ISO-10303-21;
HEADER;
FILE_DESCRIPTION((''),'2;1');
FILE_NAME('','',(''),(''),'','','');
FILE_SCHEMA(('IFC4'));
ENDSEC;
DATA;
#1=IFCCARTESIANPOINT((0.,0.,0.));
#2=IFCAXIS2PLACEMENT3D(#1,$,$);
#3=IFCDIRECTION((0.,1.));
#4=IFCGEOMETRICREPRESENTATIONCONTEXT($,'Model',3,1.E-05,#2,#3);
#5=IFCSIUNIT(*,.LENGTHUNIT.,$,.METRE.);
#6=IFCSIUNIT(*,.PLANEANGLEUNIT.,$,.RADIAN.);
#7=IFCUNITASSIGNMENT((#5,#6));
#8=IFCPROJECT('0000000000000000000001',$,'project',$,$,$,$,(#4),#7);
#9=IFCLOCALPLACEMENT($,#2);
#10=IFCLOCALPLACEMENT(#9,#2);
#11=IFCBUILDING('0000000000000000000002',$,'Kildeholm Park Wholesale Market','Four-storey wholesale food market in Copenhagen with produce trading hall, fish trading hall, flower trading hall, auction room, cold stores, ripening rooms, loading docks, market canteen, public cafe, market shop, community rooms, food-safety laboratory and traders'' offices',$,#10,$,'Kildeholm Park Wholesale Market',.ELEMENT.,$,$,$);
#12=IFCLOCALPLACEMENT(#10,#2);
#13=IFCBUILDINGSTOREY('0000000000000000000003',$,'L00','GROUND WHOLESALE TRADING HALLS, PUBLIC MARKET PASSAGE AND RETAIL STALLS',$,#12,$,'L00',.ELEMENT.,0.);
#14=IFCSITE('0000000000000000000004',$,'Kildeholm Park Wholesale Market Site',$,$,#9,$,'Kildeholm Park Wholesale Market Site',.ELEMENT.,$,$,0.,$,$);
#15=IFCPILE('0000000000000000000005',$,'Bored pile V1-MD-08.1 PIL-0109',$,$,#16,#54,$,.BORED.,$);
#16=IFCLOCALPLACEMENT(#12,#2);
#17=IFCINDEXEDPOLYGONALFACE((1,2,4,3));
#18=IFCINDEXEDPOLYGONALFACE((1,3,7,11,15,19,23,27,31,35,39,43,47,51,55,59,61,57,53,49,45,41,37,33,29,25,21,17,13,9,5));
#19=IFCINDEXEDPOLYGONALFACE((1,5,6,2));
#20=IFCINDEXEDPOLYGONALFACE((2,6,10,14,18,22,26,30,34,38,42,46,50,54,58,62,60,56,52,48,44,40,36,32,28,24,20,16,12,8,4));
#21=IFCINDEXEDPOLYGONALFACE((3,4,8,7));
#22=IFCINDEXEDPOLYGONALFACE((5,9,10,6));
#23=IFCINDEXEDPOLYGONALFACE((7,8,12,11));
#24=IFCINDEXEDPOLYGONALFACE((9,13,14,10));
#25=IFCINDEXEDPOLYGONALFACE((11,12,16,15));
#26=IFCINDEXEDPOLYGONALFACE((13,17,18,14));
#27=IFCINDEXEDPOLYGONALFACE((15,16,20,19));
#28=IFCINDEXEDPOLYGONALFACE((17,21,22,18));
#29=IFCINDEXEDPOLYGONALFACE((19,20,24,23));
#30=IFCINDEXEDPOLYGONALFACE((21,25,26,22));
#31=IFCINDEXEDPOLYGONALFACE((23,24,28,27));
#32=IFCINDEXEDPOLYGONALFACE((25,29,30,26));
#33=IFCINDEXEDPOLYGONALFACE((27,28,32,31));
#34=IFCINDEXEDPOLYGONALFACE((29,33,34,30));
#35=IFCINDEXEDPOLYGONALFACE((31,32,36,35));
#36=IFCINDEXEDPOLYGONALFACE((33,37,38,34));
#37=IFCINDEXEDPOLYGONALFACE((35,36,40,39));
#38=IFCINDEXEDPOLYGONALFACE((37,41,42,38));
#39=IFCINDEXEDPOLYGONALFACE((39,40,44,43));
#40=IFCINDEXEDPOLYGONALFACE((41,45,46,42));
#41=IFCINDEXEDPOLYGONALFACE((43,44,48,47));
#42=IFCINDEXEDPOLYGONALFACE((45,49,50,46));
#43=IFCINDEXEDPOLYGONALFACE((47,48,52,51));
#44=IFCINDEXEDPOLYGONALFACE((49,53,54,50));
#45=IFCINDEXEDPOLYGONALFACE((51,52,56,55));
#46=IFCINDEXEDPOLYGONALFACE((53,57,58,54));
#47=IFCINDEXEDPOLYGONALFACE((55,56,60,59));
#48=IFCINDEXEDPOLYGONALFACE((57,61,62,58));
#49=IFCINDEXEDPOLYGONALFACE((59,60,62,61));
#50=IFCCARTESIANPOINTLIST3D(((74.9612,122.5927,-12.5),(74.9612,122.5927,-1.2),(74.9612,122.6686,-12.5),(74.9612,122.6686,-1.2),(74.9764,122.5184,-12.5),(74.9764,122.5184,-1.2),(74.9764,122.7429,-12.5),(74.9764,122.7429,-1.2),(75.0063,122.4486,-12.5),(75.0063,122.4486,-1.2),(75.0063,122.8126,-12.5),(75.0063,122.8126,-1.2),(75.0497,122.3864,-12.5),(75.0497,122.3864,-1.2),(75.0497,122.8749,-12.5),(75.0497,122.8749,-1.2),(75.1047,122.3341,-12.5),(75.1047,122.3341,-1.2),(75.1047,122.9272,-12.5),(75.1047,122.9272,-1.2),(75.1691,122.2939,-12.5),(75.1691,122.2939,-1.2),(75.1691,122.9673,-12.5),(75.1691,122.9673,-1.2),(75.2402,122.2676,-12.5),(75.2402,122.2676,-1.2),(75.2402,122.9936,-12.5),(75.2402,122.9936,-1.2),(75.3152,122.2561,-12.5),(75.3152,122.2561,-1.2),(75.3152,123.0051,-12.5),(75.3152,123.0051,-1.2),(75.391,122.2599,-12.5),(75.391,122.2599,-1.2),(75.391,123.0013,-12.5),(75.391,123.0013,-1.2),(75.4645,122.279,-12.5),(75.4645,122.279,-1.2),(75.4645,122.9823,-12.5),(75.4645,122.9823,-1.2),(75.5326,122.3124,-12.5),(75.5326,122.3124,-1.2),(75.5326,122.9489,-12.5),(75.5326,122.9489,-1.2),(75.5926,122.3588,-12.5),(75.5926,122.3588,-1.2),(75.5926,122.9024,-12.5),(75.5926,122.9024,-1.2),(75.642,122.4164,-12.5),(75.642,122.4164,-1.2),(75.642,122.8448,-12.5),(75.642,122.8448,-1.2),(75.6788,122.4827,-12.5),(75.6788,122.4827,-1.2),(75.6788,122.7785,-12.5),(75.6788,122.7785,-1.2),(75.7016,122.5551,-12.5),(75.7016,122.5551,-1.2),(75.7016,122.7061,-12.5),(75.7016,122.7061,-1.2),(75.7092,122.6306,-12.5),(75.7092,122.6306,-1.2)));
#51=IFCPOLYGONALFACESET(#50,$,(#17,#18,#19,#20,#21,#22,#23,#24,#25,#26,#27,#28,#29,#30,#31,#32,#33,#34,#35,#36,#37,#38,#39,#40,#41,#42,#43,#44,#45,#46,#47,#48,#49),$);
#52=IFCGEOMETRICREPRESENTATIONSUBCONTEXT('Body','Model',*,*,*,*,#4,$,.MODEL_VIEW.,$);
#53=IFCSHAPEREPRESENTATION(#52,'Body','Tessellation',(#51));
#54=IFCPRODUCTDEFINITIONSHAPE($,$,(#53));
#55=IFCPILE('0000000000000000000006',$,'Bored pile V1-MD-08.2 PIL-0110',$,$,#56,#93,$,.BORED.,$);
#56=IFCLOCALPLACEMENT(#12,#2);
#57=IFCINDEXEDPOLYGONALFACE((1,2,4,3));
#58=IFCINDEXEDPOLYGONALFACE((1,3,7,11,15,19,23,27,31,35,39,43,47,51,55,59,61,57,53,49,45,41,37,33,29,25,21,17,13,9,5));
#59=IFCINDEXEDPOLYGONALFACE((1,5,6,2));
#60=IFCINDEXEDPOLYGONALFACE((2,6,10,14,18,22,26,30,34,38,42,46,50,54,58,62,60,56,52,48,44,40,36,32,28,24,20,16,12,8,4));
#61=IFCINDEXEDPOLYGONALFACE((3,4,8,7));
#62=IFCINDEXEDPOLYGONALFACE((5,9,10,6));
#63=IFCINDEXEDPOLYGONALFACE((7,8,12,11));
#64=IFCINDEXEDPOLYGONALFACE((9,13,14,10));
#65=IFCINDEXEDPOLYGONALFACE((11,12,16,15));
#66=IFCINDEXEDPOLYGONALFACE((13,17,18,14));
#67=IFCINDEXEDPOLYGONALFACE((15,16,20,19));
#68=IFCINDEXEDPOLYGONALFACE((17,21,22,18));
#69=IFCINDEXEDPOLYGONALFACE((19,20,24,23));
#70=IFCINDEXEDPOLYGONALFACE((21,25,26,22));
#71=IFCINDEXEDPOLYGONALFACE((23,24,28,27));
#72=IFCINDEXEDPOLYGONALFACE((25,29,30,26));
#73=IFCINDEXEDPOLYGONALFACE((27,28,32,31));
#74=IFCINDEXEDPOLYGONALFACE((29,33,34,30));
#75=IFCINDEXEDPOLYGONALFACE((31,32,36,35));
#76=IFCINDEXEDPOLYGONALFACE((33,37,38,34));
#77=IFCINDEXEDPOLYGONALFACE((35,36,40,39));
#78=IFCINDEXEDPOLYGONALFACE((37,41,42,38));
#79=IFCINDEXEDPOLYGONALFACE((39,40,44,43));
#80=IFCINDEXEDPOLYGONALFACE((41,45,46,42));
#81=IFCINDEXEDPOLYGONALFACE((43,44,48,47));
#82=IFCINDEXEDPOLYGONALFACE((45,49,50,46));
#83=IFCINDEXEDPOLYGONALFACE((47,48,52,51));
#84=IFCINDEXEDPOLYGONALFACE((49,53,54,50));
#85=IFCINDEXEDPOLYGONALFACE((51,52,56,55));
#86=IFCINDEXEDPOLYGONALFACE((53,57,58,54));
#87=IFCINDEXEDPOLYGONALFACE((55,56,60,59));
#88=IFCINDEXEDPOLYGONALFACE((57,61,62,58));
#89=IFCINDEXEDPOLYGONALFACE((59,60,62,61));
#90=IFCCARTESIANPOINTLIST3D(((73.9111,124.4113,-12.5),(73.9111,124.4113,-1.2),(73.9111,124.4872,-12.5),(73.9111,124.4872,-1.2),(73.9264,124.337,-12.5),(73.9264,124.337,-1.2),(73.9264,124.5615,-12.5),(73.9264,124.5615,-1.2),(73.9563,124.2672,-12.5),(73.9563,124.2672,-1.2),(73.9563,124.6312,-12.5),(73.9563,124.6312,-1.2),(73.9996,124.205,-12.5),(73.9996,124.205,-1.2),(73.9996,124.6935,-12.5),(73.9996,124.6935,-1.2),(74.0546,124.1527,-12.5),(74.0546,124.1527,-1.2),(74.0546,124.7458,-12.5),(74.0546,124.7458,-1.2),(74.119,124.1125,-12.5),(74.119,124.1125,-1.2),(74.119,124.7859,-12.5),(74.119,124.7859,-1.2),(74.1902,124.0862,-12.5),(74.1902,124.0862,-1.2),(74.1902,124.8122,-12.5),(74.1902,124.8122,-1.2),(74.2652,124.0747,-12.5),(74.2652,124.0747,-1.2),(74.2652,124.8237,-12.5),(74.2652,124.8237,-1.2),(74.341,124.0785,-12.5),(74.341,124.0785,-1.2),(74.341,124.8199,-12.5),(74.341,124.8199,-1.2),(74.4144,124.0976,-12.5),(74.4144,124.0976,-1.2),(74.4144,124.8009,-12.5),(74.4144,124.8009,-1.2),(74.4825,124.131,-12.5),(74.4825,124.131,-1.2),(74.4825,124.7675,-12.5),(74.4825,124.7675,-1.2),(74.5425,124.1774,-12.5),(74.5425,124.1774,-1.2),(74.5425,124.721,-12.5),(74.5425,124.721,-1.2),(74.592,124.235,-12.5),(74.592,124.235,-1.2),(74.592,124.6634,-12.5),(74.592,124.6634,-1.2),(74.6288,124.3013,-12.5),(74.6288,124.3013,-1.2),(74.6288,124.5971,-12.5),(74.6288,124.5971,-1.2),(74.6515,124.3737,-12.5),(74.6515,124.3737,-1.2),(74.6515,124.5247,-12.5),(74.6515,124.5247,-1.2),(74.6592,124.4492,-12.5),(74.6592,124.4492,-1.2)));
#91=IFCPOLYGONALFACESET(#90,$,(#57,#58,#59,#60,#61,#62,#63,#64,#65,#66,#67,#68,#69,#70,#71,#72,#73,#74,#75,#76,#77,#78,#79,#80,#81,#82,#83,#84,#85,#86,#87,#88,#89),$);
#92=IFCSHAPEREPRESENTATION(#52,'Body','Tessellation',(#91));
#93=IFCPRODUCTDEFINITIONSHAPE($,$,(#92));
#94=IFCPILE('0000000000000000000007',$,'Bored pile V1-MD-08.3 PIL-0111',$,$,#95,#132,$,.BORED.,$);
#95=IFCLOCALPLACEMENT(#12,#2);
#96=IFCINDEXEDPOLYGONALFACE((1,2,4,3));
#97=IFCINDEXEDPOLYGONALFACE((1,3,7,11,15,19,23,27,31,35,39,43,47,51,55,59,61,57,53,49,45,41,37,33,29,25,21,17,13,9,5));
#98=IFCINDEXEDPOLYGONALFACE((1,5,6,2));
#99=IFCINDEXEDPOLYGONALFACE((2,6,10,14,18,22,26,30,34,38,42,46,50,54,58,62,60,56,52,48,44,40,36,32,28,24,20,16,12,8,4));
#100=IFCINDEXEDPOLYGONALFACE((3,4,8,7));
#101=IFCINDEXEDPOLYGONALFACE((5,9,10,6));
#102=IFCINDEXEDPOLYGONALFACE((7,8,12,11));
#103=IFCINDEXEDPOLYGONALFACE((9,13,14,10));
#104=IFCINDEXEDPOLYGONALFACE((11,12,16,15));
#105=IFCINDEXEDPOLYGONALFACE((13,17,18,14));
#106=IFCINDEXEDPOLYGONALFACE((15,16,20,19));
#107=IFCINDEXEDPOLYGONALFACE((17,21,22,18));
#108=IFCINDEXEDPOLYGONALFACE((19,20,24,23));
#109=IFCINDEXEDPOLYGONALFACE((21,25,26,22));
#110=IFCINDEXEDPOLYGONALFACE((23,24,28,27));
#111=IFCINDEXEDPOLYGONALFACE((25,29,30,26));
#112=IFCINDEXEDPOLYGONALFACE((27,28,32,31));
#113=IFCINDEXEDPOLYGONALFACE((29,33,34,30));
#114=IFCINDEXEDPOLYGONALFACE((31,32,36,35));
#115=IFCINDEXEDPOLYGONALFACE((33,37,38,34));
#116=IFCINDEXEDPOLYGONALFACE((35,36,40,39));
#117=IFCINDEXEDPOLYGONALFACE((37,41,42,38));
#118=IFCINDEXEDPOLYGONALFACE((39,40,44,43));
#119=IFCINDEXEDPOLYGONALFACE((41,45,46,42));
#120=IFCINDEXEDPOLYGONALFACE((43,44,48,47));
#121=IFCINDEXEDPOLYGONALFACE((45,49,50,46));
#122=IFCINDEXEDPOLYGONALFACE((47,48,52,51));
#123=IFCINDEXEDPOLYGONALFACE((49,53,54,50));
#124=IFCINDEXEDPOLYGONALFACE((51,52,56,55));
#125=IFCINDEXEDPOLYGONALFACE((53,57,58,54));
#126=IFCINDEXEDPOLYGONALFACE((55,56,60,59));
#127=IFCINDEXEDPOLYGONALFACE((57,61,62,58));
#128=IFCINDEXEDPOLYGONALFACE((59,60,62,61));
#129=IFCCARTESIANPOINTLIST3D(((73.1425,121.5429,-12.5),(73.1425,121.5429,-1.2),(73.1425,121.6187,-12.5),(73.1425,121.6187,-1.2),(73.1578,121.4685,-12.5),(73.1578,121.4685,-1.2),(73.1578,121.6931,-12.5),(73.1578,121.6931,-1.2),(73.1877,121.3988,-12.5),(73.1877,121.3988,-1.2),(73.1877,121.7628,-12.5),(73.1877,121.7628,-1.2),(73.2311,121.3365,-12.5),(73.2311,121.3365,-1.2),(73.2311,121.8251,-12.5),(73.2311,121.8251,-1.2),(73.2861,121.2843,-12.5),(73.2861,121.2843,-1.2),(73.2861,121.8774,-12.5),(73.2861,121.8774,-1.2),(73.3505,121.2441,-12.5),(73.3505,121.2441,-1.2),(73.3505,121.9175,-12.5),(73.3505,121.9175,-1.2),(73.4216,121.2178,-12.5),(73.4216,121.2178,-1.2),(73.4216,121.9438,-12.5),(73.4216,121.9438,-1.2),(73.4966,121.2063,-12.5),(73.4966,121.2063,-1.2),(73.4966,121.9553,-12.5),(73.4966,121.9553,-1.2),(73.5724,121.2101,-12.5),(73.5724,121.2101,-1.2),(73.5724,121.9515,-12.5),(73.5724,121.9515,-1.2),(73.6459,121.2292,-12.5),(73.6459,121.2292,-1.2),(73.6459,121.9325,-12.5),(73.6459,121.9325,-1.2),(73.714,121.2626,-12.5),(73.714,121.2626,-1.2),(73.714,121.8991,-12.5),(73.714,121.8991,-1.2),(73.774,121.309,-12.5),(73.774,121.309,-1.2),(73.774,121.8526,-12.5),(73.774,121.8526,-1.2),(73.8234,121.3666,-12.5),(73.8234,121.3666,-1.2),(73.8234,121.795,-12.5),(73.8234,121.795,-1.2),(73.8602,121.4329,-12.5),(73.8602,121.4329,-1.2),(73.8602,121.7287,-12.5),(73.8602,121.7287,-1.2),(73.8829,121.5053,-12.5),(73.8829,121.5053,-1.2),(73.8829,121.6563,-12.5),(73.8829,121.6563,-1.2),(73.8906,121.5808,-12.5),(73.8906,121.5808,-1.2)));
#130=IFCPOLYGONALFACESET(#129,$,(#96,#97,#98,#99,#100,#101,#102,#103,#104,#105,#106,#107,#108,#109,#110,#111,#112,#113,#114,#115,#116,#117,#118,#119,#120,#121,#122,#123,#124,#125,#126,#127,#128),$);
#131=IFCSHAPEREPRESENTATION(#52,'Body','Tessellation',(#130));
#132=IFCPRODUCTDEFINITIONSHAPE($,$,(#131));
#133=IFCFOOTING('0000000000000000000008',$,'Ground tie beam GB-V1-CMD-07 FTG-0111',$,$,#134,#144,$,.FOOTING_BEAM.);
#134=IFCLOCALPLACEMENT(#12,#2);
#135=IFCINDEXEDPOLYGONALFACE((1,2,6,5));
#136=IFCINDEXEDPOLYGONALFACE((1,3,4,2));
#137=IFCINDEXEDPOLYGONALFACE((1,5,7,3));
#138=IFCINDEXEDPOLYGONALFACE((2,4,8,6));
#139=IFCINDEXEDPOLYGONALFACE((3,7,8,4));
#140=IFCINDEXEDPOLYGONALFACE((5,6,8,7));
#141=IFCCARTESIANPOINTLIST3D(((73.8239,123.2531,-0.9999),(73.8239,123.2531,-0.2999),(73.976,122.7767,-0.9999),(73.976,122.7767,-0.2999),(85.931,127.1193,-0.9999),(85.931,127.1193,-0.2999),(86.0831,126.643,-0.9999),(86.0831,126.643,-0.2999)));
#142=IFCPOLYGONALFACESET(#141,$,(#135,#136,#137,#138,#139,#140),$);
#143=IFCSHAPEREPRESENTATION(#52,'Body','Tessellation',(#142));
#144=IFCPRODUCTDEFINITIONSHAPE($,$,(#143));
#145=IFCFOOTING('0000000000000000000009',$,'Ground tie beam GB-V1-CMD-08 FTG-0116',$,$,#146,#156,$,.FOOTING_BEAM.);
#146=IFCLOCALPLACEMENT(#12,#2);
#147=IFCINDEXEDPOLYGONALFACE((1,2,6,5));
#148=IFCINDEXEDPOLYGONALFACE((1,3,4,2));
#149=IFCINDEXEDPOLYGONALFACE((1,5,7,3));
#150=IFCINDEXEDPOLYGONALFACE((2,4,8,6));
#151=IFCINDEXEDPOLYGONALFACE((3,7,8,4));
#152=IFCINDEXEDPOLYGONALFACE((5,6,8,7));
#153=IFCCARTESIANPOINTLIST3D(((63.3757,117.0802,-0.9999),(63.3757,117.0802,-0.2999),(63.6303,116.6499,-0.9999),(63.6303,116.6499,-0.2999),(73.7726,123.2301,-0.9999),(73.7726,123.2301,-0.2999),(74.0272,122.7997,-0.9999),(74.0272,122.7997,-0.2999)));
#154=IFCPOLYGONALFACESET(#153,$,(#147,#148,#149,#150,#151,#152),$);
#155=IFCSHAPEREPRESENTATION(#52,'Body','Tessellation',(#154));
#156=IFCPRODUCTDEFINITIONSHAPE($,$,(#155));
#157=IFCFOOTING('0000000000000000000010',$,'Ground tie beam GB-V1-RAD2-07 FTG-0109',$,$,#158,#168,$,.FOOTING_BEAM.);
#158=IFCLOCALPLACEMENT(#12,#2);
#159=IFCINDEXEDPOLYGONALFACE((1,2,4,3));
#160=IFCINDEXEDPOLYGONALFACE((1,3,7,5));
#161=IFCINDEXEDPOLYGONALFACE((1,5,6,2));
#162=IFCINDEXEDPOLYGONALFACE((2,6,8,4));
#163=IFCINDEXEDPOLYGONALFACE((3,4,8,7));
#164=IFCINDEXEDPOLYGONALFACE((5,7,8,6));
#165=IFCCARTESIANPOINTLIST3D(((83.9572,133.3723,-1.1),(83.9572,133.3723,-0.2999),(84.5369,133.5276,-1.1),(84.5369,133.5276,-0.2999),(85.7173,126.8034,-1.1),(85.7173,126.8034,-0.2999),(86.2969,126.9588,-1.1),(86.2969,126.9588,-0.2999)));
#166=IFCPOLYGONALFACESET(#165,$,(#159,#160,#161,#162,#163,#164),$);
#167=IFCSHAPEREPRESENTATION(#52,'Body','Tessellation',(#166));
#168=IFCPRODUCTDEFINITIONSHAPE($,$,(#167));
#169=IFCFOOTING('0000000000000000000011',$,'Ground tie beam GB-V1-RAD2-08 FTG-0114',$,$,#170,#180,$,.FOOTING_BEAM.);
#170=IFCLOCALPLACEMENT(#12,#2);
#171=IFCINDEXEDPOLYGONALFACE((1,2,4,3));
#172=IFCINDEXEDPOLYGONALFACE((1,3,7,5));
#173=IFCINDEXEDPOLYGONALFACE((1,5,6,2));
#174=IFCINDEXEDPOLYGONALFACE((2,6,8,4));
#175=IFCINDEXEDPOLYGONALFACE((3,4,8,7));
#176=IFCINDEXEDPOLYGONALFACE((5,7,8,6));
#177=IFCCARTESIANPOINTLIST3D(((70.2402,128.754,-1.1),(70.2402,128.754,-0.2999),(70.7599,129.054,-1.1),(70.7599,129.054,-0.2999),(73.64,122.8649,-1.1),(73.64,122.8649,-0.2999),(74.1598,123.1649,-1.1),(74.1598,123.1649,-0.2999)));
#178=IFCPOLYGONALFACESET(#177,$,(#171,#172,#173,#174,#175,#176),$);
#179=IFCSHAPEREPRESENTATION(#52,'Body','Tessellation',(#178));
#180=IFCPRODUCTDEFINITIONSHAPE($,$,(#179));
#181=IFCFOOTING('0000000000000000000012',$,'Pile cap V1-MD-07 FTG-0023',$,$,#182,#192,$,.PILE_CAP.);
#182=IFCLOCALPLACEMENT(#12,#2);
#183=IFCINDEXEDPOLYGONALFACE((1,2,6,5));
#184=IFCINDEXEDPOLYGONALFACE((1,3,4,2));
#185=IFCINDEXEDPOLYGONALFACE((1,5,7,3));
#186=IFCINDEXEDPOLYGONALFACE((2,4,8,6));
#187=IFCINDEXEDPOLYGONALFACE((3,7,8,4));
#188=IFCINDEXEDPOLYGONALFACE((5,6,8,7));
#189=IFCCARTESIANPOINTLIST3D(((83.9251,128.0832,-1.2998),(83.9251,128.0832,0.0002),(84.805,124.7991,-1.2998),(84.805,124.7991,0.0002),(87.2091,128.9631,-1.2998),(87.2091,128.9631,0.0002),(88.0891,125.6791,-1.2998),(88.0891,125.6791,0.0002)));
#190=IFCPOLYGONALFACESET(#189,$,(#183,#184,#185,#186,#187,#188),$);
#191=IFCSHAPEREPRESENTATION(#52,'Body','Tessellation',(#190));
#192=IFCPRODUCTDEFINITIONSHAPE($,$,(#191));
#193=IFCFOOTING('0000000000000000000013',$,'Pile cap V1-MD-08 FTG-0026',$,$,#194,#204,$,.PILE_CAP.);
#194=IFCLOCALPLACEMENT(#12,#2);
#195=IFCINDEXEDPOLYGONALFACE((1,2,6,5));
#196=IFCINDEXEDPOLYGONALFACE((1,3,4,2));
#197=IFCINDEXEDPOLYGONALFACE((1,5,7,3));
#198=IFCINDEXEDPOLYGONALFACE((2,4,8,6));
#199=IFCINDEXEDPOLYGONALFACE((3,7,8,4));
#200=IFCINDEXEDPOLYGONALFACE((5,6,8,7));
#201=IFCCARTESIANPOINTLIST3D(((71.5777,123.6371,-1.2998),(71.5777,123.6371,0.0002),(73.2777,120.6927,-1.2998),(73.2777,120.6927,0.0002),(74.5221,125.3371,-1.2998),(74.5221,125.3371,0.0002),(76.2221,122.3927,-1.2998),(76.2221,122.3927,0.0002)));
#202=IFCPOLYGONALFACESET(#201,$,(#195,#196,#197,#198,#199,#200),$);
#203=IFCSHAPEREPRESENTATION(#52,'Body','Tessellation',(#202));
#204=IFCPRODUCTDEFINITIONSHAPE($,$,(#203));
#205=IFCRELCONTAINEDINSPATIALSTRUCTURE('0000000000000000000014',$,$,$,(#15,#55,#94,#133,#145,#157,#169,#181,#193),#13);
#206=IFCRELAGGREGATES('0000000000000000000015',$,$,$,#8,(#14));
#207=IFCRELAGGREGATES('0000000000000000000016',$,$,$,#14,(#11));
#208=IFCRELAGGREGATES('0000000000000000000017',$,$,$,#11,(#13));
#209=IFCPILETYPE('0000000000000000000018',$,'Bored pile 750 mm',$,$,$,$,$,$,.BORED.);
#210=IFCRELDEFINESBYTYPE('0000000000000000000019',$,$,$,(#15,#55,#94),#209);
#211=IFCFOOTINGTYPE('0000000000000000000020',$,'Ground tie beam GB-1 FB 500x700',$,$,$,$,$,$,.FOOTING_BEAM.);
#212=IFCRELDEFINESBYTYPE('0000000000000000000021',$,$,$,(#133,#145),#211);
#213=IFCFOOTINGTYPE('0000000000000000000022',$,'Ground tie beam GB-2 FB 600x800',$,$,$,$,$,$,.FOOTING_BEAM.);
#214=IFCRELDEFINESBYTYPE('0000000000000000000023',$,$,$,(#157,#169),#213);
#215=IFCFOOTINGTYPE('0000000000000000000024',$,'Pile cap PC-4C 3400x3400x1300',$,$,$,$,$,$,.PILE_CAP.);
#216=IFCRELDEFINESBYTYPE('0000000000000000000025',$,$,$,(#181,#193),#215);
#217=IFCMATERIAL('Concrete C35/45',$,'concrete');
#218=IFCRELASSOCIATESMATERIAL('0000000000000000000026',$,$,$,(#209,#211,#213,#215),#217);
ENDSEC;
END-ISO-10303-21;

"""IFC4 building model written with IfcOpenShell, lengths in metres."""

from ifc_helpers import new_model, si_unit, direction, frame, origin, origin_2d, place, context, subcontext, project, spatial, rectangle, circle, extrude, material, material_profile, profile_set, type_object, element, save


model = new_model("IFC4")

# Units and contexts
model_context = context("Model", 3, precision=1e-05, world=origin(), true_north=direction((0.0, 1.0)))
body_context = subcontext(model_context, "Body", "Model", "MODEL_VIEW")
ifc_project = project(units=[si_unit("LENGTHUNIT", "METRE"), si_unit("PLANEANGLEUNIT", "RADIAN")], contexts=[model_context])

# Site, building, storey
site_placement = place(None, origin())
site = spatial("IfcSite", under=ifc_project, at=site_placement, Name="Kildeholm Park Wholesale Market Site", LongName="Kildeholm Park Wholesale Market Site", CompositionType="ELEMENT", RefElevation=0.0)
building_placement = place(site_placement, origin())
building = spatial("IfcBuilding", under=site, at=building_placement, Name="Kildeholm Park Wholesale Market", Description="Four-storey wholesale food market in Copenhagen with produce trading hall, fish trading hall, flower trading hall, auction room, cold stores, ripening rooms, loading docks, market canteen, public cafe, market shop, community rooms, food-safety laboratory and traders' offices", LongName="Kildeholm Park Wholesale Market", CompositionType="ELEMENT")
storey_placement = place(building_placement, origin())
storey = spatial("IfcBuildingStorey", under=building, at=storey_placement, Name="L00", Description="GROUND WHOLESALE TRADING HALLS, PUBLIC MARKET PASSAGE AND RETAIL STALLS", LongName="L00", CompositionType="ELEMENT", Elevation=0.0)

# Piles
ifc_material_1 = material(Name="Concrete C35/45", Category="concrete")
ifc_material_profile_1 = material_profile(ifc_material_1, circle(Radius=0.375, at=origin_2d()), Name="PILE D750")
ifc_profile_set_1 = profile_set([ifc_material_profile_1], Name="Concrete C35/45")
pile_type = type_object("IfcPileType", Name="Bored pile 750 mm", PredefinedType="BORED", material=ifc_profile_set_1)
for number, where, z_axis, x_axis, name in (
    (1, (75.3342, 122.6306, -1.2), (0.0, 0.0, -1.0), (1.0, 0.0, 0.0), "Bored pile V1-MD-08.1 PIL-0109"),
    (2, (74.2842, 124.4492, -1.2), (0.0, 0.0, -1.0), (1.0, 0.0, 0.0), "Bored pile V1-MD-08.2 PIL-0110"),
    (3, (73.5156, 121.5808, -1.2), (0.0, 0.0, -1.0), (1.0, 0.0, 0.0), "Bored pile V1-MD-08.3 PIL-0111"),
):
    element("IfcPile", number, at=place(storey_placement, frame(where, z_axis=z_axis, x_axis=x_axis)), inside=storey, type_object=pile_type, Name=name, PredefinedType="BORED", context=body_context, shape_type="SweptSolid", body=[
        extrude(circle(Radius=0.375, at=origin_2d()), origin(), (0.0, 0.0, 1.0), 11.3),
    ])

# Footings
ifc_material_profile_2 = material_profile(ifc_material_1, rectangle(XDim=0.5, YDim=0.7, at=origin_2d()), Name="FB 500x700")
ifc_profile_set_2 = profile_set([ifc_material_profile_2], Name="Concrete C35/45")
footing_type_1 = type_object("IfcFootingType", Name="Ground tie beam GB-1 FB 500x700", PredefinedType="FOOTING_BEAM", material=ifc_profile_set_2)
footing_1_placement = place(storey_placement, frame((86.0071, 126.8811, -0.6499), z_axis=(-0.952609, -0.304199, 0.0), x_axis=(0.304199, -0.952609, 0.0)))
element("IfcFooting", 4, at=footing_1_placement, inside=storey, type_object=footing_type_1, Name="Ground tie beam GB-V1-CMD-07 FTG-0111", PredefinedType="FOOTING_BEAM", context=body_context, shape_type="SweptSolid", body=[
    extrude(rectangle(XDim=0.5, YDim=0.7, at=origin_2d()), origin(), (0.0, 0.0, 1.0), 12.7095),
])
footing_2_placement = place(storey_placement, frame((73.8999, 123.0149, -0.6499), z_axis=(-0.8607, -0.509112, 0.0), x_axis=(0.509112, -0.8607, 0.0)))
element("IfcFooting", 5, at=footing_2_placement, inside=storey, type_object=footing_type_1, Name="Ground tie beam GB-V1-CMD-08 FTG-0116", PredefinedType="FOOTING_BEAM", context=body_context, shape_type="SweptSolid", body=[
    extrude(rectangle(XDim=0.5, YDim=0.7, at=origin_2d()), origin(), (0.0, 0.0, 1.0), 12.0796),
])
ifc_material_profile_3 = material_profile(ifc_material_1, rectangle(XDim=0.6001, YDim=0.8, at=origin_2d()), Name="FB 600x800")
ifc_profile_set_3 = profile_set([ifc_material_profile_3], Name="Concrete C35/45")
footing_type_2 = type_object("IfcFootingType", Name="Ground tie beam GB-2 FB 600x800", PredefinedType="FOOTING_BEAM", material=ifc_profile_set_3)
footing_3_placement = place(storey_placement, frame((86.0071, 126.8811, -0.7), z_axis=(-0.258804, 0.96593, 0.0), x_axis=(-0.96593, -0.258804, 0.0)))
element("IfcFooting", 6, at=footing_3_placement, inside=storey, type_object=footing_type_2, Name="Ground tie beam GB-V1-RAD2-07 FTG-0109", PredefinedType="FOOTING_BEAM", context=body_context, shape_type="SweptSolid", body=[
    extrude(rectangle(XDim=0.6001, YDim=0.8, at=origin_2d()), origin(), (0.0, 0.0, 1.0), 6.8005),
])
footing_4_placement = place(storey_placement, frame((73.8999, 123.0149, -0.7), z_axis=(-0.499977, 0.866039, 0.0), x_axis=(-0.866039, -0.499977, 0.0)))
element("IfcFooting", 7, at=footing_4_placement, inside=storey, type_object=footing_type_2, Name="Ground tie beam GB-V1-RAD2-08 FTG-0114", PredefinedType="FOOTING_BEAM", context=body_context, shape_type="SweptSolid", body=[
    extrude(rectangle(XDim=0.6001, YDim=0.8, at=origin_2d()), origin(), (0.0, 0.0, 1.0), 6.8),
])
footing_type_3 = type_object("IfcFootingType", Name="Pile cap PC-4C 3400x3400x1300", PredefinedType="PILE_CAP", material=ifc_material_1)
for number, where, z_axis, x_axis, name in (
    (8, (86.0071, 126.8811, -1.2998), (0.0, 0.0, 1.0), (-0.258819, 0.965926, 0.0), "Pile cap V1-MD-07 FTG-0023"),
    (9, (73.8999, 123.0149, -1.2998), (0.0, 0.0, 1.0), (-0.5, 0.866025, 0.0), "Pile cap V1-MD-08 FTG-0026"),
):
    element("IfcFooting", number, at=place(storey_placement, frame(where, z_axis=z_axis, x_axis=x_axis)), inside=storey, type_object=footing_type_3, Name=name, PredefinedType="PILE_CAP", context=body_context, shape_type="SweptSolid", body=[
        extrude(rectangle(XDim=3.3999, YDim=3.3999, at=origin_2d()), origin(), (0.0, 0.0, 1.0), 1.3),
    ])

save(model, "model.ifc")
